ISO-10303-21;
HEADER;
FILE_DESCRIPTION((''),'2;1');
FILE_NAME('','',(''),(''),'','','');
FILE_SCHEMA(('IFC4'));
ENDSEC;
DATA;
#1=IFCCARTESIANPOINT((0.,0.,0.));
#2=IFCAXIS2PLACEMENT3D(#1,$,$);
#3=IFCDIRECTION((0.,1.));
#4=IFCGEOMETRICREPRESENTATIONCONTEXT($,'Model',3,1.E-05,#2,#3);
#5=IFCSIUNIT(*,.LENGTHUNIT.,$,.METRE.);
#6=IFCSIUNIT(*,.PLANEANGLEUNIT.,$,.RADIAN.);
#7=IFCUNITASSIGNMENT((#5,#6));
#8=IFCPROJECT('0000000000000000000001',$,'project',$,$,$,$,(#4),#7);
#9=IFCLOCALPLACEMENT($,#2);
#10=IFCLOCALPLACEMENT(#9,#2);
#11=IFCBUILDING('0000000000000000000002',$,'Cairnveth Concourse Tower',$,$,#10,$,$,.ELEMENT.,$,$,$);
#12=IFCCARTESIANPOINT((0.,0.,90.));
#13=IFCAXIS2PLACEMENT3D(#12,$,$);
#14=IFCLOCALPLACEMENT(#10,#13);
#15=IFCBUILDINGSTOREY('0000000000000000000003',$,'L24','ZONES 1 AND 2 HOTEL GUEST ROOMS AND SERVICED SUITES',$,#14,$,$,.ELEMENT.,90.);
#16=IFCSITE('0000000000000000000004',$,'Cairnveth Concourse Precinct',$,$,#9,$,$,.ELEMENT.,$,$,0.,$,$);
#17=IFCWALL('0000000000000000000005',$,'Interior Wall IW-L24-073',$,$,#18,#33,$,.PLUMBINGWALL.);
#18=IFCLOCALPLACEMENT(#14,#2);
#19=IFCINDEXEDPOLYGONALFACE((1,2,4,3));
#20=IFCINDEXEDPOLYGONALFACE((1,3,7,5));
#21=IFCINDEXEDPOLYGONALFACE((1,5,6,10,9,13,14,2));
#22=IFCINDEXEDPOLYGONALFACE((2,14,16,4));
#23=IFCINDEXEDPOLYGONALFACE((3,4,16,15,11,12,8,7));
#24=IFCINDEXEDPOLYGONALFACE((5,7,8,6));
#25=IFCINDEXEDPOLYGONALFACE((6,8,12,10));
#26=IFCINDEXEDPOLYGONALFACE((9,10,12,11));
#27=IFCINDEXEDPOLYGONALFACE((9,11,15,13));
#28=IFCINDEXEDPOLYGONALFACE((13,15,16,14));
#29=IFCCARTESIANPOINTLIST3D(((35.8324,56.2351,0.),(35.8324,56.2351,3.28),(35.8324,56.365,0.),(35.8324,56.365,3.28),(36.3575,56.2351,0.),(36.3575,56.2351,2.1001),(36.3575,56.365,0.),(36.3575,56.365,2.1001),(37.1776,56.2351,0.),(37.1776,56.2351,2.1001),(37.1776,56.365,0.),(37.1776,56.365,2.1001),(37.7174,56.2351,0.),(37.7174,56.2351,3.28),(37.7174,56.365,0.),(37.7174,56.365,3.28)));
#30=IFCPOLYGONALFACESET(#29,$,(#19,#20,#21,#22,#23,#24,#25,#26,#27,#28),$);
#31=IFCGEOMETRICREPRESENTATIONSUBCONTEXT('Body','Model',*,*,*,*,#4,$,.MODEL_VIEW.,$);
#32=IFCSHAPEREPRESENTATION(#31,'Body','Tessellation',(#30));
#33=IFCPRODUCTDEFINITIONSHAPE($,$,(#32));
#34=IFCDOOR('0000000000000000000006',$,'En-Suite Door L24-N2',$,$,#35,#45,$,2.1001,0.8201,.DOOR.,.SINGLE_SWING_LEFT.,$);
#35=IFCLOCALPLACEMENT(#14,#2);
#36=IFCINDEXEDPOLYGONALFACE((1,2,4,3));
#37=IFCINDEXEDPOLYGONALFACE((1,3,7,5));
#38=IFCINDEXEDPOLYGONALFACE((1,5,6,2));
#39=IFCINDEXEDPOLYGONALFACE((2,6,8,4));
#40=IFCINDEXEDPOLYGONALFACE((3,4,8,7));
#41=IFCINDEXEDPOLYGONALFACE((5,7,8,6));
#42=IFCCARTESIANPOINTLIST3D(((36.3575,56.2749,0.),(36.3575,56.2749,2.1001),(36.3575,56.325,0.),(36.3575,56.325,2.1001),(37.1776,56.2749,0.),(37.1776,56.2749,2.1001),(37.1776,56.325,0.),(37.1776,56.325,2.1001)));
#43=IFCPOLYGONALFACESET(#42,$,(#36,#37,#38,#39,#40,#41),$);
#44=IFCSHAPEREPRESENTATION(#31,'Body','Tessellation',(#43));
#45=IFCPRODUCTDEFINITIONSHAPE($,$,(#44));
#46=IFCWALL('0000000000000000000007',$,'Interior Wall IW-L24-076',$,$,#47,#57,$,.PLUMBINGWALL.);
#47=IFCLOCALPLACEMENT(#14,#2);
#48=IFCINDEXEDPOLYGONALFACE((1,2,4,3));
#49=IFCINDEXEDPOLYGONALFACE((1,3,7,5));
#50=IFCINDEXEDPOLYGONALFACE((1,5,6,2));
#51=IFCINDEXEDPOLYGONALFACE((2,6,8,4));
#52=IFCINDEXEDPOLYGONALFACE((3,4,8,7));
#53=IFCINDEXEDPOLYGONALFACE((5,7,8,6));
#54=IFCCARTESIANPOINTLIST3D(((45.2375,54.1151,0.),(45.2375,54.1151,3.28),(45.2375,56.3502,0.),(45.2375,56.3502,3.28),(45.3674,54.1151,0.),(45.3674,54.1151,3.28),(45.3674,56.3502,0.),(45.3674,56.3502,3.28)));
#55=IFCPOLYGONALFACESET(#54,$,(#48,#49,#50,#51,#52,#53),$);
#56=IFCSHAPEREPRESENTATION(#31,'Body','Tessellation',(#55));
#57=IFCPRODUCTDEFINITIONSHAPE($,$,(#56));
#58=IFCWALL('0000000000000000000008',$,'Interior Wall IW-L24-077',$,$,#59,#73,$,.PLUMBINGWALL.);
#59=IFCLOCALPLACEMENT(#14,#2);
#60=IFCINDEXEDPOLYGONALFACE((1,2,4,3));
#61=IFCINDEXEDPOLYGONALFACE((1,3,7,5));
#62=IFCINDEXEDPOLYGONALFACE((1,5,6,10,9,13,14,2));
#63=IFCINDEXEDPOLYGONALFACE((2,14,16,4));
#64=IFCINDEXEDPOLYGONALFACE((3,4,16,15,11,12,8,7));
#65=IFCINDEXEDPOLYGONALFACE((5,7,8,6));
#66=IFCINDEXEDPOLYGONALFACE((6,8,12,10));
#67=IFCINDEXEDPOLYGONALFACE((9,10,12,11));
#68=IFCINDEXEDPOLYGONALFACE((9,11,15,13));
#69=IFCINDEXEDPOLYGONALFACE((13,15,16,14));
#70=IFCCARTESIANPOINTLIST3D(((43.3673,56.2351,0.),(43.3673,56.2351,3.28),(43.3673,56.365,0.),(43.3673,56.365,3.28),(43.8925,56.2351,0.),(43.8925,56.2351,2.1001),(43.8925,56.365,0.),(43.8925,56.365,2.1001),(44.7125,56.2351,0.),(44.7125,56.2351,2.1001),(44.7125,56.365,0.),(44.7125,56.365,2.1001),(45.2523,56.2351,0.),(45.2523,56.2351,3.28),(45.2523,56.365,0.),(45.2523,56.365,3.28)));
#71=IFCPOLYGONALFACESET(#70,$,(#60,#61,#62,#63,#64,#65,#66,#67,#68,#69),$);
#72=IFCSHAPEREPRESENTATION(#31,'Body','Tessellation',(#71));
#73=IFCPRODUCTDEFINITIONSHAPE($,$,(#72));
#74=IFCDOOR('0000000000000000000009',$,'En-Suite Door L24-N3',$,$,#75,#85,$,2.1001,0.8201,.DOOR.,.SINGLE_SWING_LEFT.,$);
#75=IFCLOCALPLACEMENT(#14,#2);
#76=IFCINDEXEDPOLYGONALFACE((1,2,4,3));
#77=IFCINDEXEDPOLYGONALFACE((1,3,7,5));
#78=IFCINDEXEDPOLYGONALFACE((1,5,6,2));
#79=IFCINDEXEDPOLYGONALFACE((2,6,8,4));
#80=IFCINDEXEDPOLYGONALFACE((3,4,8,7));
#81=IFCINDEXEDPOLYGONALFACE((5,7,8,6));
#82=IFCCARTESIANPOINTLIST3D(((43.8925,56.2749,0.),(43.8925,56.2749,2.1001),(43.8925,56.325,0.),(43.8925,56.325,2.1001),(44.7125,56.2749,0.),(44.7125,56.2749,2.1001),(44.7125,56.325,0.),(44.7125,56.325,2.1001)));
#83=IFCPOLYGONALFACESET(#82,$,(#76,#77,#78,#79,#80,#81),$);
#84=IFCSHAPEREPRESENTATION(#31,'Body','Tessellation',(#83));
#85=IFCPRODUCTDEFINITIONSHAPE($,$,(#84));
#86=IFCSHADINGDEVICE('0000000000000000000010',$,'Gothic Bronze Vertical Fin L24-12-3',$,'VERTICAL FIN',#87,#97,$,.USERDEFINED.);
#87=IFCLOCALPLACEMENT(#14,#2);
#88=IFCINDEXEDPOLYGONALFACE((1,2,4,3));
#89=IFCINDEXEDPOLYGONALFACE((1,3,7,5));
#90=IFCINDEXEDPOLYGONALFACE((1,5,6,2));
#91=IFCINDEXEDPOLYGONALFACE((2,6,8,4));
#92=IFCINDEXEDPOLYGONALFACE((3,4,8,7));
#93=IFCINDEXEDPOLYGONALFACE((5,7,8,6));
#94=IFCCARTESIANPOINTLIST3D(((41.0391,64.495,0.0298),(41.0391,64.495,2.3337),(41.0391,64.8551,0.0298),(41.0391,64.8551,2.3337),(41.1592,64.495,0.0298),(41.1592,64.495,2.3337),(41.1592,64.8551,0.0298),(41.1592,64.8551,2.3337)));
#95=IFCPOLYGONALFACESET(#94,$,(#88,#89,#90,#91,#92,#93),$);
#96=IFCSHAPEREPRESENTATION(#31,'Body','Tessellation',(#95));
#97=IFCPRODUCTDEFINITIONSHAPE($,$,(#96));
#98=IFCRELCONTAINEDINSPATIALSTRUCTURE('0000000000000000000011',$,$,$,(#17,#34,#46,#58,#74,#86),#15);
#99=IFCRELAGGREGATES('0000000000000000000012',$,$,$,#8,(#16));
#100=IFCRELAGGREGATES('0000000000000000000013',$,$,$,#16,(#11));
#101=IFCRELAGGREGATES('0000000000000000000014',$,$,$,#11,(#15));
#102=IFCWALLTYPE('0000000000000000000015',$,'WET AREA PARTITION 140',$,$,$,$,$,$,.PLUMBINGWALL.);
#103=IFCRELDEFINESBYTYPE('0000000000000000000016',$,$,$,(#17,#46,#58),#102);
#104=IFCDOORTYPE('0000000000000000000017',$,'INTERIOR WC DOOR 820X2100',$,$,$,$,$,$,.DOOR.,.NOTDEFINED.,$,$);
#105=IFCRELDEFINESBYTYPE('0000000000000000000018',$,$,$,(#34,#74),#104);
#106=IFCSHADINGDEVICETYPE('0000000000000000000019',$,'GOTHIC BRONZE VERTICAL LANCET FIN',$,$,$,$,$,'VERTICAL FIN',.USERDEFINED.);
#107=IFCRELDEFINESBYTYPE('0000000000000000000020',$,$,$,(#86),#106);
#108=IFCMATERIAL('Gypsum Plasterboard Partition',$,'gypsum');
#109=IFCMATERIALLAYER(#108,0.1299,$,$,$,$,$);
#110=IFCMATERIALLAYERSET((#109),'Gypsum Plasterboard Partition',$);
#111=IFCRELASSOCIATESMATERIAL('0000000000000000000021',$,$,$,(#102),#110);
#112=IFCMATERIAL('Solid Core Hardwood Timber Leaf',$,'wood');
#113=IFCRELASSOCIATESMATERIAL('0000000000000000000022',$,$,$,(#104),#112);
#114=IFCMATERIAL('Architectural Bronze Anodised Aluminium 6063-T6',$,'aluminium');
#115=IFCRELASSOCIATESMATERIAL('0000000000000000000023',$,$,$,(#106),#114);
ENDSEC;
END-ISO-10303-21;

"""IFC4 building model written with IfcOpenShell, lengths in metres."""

from ifc_helpers import new_model, si_unit, direction, frame, frame_2d, origin, origin_2d, place, context, subcontext, project, spatial, rectangle, extrude, material, layer, layer_set, type_object, element, fill, save


model = new_model("IFC4")

# Units and contexts
model_context = context("Model", 3, precision=1e-05, world=origin(), true_north=direction((0.0, 1.0)))
body_context = subcontext(model_context, "Body", "Model", "MODEL_VIEW")
ifc_project = project(units=[si_unit("LENGTHUNIT", "METRE"), si_unit("PLANEANGLEUNIT", "RADIAN")], contexts=[model_context])

# Site, building, storey
site_placement = place(None, origin())
site = spatial("IfcSite", under=ifc_project, at=site_placement, Name="Cairnveth Concourse Precinct", CompositionType="ELEMENT", RefElevation=0.0)
building_placement = place(site_placement, origin())
building = spatial("IfcBuilding", under=site, at=building_placement, Name="Cairnveth Concourse Tower", CompositionType="ELEMENT")
storey_placement = place(building_placement, frame((0.0, 0.0, 90.0)))
storey = spatial("IfcBuildingStorey", under=building, at=storey_placement, Name="L24", Description="ZONES 1 AND 2 HOTEL GUEST ROOMS AND SERVICED SUITES", CompositionType="ELEMENT", Elevation=90.0)

# Shared definitions
ifc_material_1 = material(Name="Gypsum Plasterboard Partition", Category="gypsum")
ifc_material_2 = material(Name="Solid Core Hardwood Timber Leaf", Category="wood")

# Shared definitions
ifc_layer_1 = layer(ifc_material_1, 0.1299)
ifc_layer_set_1 = layer_set([ifc_layer_1], Name="Gypsum Plasterboard Partition")
wall_type_1 = type_object("IfcWallType", Name="WET AREA PARTITION 140", PredefinedType="PLUMBINGWALL", material=ifc_layer_set_1)

# Wall, opening, door
wall_1_placement = place(storey_placement, frame((35.8325, 56.3, 0.0), z_axis=(0.0, 0.0, 1.0), x_axis=(1.0, 0.0, 0.0)))
wall_1 = element("IfcWall", 1, at=wall_1_placement, inside=storey, type_object=wall_type_1, Name="Interior Wall IW-L24-073", PredefinedType="PLUMBINGWALL", context=body_context, shape_type="SweptSolid", body=[
    extrude(rectangle(XDim=1.885, YDim=0.1299, at=frame_2d((0.9424, 0.0))), origin(), (0.0, 0.0, 1.0), 3.28),
])
opening_1_placement = place(wall_1_placement, frame((0.5249, 0.0, 0.0)))
opening_1 = element("IfcOpeningElement", 2, at=opening_1_placement, cuts=wall_1, PredefinedType="OPENING", context=body_context, shape_type="SweptSolid", body=[
    extrude(rectangle(XDim=0.8201, YDim=2.1001, at=frame_2d((0.4102, 1.05))), frame((0.0, 0.075, 0.0), z_axis=(0.0, -1.0, 0.0), x_axis=(1.0, 0.0, 0.0)), (0.0, 0.0, 1.0), 0.1499),
])
door_type_1 = type_object("IfcDoorType", Name="INTERIOR WC DOOR 820X2100", OperationType="NOTDEFINED", PredefinedType="DOOR", material=ifc_material_2)
door_1_placement = place(opening_1_placement, origin())
door_1 = element("IfcDoor", 3, at=door_1_placement, inside=storey, type_object=door_type_1, Name="En-Suite Door L24-N2", OperationType="SINGLE_SWING_LEFT", OverallHeight=2.1001, OverallWidth=0.8201, PredefinedType="DOOR", context=body_context, shape_type="SweptSolid", body=[
    extrude(rectangle(XDim=0.8201, YDim=2.1001, at=frame_2d((0.4102, 1.05))), frame((0.0, 0.0249, 0.0), z_axis=(0.0, -1.0, 0.0), x_axis=(1.0, 0.0, 0.0)), (0.0, 0.0, 1.0), 0.05),
])
fill(opening_1, door_1)

# Wall
wall_2_placement = place(storey_placement, frame((45.3025, 54.115, 0.0), z_axis=(0.0, 0.0, 1.0), x_axis=(0.0, 1.0, 0.0)))
element("IfcWall", 4, at=wall_2_placement, inside=storey, type_object=wall_type_1, Name="Interior Wall IW-L24-076", PredefinedType="PLUMBINGWALL", context=body_context, shape_type="SweptSolid", body=[
    extrude(rectangle(XDim=2.2351, YDim=0.1299, at=frame_2d((1.1177, 0.0))), origin(), (0.0, 0.0, 1.0), 3.28),
])

# Wall, opening, door
wall_3_placement = place(storey_placement, frame((43.3674, 56.3, 0.0), z_axis=(0.0, 0.0, 1.0), x_axis=(1.0, 0.0, 0.0)))
wall_3 = element("IfcWall", 5, at=wall_3_placement, inside=storey, type_object=wall_type_1, Name="Interior Wall IW-L24-077", PredefinedType="PLUMBINGWALL", context=body_context, shape_type="SweptSolid", body=[
    extrude(rectangle(XDim=1.885, YDim=0.1299, at=frame_2d((0.9424, 0.0))), origin(), (0.0, 0.0, 1.0), 3.28),
])
opening_2_placement = place(wall_3_placement, frame((0.5249, 0.0, 0.0)))
opening_2 = element("IfcOpeningElement", 6, at=opening_2_placement, cuts=wall_3, PredefinedType="OPENING", context=body_context, shape_type="SweptSolid", body=[
    extrude(rectangle(XDim=0.8201, YDim=2.1001, at=frame_2d((0.4102, 1.05))), frame((0.0, 0.075, 0.0), z_axis=(0.0, -1.0, 0.0), x_axis=(1.0, 0.0, 0.0)), (0.0, 0.0, 1.0), 0.1499),
])
door_2_placement = place(opening_2_placement, origin())
door_2 = element("IfcDoor", 7, at=door_2_placement, inside=storey, type_object=door_type_1, Name="En-Suite Door L24-N3", OperationType="SINGLE_SWING_LEFT", OverallHeight=2.1001, OverallWidth=0.8201, PredefinedType="DOOR", context=body_context, shape_type="SweptSolid", body=[
    extrude(rectangle(XDim=0.8201, YDim=2.1001, at=frame_2d((0.4102, 1.05))), frame((0.0, 0.0249, 0.0), z_axis=(0.0, -1.0, 0.0), x_axis=(1.0, 0.0, 0.0)), (0.0, 0.0, 1.0), 0.05),
])
fill(opening_2, door_2)

# Shading device
ifc_material_3 = material(Name="Architectural Bronze Anodised Aluminium 6063-T6", Category="aluminium")
shading_device_type = type_object("IfcShadingDeviceType", Name="GOTHIC BRONZE VERTICAL LANCET FIN", ElementType="VERTICAL FIN", PredefinedType="USERDEFINED", material=ifc_material_3)
shading_device_placement = place(storey_placement, frame((41.0991, 64.675, 0.0298), z_axis=(0.0, 0.0, 1.0), x_axis=(1.0, 0.0, 0.0)))
element("IfcShadingDevice", 8, at=shading_device_placement, inside=storey, type_object=shading_device_type, Name="Gothic Bronze Vertical Fin L24-12-3", ObjectType="VERTICAL FIN", PredefinedType="USERDEFINED", context=body_context, shape_type="SweptSolid", body=[
    extrude(rectangle(XDim=0.1201, YDim=0.3601, at=origin_2d()), origin(), (0.0, 0.0, 1.0), 2.304),
])

save(model, "model.ifc")
